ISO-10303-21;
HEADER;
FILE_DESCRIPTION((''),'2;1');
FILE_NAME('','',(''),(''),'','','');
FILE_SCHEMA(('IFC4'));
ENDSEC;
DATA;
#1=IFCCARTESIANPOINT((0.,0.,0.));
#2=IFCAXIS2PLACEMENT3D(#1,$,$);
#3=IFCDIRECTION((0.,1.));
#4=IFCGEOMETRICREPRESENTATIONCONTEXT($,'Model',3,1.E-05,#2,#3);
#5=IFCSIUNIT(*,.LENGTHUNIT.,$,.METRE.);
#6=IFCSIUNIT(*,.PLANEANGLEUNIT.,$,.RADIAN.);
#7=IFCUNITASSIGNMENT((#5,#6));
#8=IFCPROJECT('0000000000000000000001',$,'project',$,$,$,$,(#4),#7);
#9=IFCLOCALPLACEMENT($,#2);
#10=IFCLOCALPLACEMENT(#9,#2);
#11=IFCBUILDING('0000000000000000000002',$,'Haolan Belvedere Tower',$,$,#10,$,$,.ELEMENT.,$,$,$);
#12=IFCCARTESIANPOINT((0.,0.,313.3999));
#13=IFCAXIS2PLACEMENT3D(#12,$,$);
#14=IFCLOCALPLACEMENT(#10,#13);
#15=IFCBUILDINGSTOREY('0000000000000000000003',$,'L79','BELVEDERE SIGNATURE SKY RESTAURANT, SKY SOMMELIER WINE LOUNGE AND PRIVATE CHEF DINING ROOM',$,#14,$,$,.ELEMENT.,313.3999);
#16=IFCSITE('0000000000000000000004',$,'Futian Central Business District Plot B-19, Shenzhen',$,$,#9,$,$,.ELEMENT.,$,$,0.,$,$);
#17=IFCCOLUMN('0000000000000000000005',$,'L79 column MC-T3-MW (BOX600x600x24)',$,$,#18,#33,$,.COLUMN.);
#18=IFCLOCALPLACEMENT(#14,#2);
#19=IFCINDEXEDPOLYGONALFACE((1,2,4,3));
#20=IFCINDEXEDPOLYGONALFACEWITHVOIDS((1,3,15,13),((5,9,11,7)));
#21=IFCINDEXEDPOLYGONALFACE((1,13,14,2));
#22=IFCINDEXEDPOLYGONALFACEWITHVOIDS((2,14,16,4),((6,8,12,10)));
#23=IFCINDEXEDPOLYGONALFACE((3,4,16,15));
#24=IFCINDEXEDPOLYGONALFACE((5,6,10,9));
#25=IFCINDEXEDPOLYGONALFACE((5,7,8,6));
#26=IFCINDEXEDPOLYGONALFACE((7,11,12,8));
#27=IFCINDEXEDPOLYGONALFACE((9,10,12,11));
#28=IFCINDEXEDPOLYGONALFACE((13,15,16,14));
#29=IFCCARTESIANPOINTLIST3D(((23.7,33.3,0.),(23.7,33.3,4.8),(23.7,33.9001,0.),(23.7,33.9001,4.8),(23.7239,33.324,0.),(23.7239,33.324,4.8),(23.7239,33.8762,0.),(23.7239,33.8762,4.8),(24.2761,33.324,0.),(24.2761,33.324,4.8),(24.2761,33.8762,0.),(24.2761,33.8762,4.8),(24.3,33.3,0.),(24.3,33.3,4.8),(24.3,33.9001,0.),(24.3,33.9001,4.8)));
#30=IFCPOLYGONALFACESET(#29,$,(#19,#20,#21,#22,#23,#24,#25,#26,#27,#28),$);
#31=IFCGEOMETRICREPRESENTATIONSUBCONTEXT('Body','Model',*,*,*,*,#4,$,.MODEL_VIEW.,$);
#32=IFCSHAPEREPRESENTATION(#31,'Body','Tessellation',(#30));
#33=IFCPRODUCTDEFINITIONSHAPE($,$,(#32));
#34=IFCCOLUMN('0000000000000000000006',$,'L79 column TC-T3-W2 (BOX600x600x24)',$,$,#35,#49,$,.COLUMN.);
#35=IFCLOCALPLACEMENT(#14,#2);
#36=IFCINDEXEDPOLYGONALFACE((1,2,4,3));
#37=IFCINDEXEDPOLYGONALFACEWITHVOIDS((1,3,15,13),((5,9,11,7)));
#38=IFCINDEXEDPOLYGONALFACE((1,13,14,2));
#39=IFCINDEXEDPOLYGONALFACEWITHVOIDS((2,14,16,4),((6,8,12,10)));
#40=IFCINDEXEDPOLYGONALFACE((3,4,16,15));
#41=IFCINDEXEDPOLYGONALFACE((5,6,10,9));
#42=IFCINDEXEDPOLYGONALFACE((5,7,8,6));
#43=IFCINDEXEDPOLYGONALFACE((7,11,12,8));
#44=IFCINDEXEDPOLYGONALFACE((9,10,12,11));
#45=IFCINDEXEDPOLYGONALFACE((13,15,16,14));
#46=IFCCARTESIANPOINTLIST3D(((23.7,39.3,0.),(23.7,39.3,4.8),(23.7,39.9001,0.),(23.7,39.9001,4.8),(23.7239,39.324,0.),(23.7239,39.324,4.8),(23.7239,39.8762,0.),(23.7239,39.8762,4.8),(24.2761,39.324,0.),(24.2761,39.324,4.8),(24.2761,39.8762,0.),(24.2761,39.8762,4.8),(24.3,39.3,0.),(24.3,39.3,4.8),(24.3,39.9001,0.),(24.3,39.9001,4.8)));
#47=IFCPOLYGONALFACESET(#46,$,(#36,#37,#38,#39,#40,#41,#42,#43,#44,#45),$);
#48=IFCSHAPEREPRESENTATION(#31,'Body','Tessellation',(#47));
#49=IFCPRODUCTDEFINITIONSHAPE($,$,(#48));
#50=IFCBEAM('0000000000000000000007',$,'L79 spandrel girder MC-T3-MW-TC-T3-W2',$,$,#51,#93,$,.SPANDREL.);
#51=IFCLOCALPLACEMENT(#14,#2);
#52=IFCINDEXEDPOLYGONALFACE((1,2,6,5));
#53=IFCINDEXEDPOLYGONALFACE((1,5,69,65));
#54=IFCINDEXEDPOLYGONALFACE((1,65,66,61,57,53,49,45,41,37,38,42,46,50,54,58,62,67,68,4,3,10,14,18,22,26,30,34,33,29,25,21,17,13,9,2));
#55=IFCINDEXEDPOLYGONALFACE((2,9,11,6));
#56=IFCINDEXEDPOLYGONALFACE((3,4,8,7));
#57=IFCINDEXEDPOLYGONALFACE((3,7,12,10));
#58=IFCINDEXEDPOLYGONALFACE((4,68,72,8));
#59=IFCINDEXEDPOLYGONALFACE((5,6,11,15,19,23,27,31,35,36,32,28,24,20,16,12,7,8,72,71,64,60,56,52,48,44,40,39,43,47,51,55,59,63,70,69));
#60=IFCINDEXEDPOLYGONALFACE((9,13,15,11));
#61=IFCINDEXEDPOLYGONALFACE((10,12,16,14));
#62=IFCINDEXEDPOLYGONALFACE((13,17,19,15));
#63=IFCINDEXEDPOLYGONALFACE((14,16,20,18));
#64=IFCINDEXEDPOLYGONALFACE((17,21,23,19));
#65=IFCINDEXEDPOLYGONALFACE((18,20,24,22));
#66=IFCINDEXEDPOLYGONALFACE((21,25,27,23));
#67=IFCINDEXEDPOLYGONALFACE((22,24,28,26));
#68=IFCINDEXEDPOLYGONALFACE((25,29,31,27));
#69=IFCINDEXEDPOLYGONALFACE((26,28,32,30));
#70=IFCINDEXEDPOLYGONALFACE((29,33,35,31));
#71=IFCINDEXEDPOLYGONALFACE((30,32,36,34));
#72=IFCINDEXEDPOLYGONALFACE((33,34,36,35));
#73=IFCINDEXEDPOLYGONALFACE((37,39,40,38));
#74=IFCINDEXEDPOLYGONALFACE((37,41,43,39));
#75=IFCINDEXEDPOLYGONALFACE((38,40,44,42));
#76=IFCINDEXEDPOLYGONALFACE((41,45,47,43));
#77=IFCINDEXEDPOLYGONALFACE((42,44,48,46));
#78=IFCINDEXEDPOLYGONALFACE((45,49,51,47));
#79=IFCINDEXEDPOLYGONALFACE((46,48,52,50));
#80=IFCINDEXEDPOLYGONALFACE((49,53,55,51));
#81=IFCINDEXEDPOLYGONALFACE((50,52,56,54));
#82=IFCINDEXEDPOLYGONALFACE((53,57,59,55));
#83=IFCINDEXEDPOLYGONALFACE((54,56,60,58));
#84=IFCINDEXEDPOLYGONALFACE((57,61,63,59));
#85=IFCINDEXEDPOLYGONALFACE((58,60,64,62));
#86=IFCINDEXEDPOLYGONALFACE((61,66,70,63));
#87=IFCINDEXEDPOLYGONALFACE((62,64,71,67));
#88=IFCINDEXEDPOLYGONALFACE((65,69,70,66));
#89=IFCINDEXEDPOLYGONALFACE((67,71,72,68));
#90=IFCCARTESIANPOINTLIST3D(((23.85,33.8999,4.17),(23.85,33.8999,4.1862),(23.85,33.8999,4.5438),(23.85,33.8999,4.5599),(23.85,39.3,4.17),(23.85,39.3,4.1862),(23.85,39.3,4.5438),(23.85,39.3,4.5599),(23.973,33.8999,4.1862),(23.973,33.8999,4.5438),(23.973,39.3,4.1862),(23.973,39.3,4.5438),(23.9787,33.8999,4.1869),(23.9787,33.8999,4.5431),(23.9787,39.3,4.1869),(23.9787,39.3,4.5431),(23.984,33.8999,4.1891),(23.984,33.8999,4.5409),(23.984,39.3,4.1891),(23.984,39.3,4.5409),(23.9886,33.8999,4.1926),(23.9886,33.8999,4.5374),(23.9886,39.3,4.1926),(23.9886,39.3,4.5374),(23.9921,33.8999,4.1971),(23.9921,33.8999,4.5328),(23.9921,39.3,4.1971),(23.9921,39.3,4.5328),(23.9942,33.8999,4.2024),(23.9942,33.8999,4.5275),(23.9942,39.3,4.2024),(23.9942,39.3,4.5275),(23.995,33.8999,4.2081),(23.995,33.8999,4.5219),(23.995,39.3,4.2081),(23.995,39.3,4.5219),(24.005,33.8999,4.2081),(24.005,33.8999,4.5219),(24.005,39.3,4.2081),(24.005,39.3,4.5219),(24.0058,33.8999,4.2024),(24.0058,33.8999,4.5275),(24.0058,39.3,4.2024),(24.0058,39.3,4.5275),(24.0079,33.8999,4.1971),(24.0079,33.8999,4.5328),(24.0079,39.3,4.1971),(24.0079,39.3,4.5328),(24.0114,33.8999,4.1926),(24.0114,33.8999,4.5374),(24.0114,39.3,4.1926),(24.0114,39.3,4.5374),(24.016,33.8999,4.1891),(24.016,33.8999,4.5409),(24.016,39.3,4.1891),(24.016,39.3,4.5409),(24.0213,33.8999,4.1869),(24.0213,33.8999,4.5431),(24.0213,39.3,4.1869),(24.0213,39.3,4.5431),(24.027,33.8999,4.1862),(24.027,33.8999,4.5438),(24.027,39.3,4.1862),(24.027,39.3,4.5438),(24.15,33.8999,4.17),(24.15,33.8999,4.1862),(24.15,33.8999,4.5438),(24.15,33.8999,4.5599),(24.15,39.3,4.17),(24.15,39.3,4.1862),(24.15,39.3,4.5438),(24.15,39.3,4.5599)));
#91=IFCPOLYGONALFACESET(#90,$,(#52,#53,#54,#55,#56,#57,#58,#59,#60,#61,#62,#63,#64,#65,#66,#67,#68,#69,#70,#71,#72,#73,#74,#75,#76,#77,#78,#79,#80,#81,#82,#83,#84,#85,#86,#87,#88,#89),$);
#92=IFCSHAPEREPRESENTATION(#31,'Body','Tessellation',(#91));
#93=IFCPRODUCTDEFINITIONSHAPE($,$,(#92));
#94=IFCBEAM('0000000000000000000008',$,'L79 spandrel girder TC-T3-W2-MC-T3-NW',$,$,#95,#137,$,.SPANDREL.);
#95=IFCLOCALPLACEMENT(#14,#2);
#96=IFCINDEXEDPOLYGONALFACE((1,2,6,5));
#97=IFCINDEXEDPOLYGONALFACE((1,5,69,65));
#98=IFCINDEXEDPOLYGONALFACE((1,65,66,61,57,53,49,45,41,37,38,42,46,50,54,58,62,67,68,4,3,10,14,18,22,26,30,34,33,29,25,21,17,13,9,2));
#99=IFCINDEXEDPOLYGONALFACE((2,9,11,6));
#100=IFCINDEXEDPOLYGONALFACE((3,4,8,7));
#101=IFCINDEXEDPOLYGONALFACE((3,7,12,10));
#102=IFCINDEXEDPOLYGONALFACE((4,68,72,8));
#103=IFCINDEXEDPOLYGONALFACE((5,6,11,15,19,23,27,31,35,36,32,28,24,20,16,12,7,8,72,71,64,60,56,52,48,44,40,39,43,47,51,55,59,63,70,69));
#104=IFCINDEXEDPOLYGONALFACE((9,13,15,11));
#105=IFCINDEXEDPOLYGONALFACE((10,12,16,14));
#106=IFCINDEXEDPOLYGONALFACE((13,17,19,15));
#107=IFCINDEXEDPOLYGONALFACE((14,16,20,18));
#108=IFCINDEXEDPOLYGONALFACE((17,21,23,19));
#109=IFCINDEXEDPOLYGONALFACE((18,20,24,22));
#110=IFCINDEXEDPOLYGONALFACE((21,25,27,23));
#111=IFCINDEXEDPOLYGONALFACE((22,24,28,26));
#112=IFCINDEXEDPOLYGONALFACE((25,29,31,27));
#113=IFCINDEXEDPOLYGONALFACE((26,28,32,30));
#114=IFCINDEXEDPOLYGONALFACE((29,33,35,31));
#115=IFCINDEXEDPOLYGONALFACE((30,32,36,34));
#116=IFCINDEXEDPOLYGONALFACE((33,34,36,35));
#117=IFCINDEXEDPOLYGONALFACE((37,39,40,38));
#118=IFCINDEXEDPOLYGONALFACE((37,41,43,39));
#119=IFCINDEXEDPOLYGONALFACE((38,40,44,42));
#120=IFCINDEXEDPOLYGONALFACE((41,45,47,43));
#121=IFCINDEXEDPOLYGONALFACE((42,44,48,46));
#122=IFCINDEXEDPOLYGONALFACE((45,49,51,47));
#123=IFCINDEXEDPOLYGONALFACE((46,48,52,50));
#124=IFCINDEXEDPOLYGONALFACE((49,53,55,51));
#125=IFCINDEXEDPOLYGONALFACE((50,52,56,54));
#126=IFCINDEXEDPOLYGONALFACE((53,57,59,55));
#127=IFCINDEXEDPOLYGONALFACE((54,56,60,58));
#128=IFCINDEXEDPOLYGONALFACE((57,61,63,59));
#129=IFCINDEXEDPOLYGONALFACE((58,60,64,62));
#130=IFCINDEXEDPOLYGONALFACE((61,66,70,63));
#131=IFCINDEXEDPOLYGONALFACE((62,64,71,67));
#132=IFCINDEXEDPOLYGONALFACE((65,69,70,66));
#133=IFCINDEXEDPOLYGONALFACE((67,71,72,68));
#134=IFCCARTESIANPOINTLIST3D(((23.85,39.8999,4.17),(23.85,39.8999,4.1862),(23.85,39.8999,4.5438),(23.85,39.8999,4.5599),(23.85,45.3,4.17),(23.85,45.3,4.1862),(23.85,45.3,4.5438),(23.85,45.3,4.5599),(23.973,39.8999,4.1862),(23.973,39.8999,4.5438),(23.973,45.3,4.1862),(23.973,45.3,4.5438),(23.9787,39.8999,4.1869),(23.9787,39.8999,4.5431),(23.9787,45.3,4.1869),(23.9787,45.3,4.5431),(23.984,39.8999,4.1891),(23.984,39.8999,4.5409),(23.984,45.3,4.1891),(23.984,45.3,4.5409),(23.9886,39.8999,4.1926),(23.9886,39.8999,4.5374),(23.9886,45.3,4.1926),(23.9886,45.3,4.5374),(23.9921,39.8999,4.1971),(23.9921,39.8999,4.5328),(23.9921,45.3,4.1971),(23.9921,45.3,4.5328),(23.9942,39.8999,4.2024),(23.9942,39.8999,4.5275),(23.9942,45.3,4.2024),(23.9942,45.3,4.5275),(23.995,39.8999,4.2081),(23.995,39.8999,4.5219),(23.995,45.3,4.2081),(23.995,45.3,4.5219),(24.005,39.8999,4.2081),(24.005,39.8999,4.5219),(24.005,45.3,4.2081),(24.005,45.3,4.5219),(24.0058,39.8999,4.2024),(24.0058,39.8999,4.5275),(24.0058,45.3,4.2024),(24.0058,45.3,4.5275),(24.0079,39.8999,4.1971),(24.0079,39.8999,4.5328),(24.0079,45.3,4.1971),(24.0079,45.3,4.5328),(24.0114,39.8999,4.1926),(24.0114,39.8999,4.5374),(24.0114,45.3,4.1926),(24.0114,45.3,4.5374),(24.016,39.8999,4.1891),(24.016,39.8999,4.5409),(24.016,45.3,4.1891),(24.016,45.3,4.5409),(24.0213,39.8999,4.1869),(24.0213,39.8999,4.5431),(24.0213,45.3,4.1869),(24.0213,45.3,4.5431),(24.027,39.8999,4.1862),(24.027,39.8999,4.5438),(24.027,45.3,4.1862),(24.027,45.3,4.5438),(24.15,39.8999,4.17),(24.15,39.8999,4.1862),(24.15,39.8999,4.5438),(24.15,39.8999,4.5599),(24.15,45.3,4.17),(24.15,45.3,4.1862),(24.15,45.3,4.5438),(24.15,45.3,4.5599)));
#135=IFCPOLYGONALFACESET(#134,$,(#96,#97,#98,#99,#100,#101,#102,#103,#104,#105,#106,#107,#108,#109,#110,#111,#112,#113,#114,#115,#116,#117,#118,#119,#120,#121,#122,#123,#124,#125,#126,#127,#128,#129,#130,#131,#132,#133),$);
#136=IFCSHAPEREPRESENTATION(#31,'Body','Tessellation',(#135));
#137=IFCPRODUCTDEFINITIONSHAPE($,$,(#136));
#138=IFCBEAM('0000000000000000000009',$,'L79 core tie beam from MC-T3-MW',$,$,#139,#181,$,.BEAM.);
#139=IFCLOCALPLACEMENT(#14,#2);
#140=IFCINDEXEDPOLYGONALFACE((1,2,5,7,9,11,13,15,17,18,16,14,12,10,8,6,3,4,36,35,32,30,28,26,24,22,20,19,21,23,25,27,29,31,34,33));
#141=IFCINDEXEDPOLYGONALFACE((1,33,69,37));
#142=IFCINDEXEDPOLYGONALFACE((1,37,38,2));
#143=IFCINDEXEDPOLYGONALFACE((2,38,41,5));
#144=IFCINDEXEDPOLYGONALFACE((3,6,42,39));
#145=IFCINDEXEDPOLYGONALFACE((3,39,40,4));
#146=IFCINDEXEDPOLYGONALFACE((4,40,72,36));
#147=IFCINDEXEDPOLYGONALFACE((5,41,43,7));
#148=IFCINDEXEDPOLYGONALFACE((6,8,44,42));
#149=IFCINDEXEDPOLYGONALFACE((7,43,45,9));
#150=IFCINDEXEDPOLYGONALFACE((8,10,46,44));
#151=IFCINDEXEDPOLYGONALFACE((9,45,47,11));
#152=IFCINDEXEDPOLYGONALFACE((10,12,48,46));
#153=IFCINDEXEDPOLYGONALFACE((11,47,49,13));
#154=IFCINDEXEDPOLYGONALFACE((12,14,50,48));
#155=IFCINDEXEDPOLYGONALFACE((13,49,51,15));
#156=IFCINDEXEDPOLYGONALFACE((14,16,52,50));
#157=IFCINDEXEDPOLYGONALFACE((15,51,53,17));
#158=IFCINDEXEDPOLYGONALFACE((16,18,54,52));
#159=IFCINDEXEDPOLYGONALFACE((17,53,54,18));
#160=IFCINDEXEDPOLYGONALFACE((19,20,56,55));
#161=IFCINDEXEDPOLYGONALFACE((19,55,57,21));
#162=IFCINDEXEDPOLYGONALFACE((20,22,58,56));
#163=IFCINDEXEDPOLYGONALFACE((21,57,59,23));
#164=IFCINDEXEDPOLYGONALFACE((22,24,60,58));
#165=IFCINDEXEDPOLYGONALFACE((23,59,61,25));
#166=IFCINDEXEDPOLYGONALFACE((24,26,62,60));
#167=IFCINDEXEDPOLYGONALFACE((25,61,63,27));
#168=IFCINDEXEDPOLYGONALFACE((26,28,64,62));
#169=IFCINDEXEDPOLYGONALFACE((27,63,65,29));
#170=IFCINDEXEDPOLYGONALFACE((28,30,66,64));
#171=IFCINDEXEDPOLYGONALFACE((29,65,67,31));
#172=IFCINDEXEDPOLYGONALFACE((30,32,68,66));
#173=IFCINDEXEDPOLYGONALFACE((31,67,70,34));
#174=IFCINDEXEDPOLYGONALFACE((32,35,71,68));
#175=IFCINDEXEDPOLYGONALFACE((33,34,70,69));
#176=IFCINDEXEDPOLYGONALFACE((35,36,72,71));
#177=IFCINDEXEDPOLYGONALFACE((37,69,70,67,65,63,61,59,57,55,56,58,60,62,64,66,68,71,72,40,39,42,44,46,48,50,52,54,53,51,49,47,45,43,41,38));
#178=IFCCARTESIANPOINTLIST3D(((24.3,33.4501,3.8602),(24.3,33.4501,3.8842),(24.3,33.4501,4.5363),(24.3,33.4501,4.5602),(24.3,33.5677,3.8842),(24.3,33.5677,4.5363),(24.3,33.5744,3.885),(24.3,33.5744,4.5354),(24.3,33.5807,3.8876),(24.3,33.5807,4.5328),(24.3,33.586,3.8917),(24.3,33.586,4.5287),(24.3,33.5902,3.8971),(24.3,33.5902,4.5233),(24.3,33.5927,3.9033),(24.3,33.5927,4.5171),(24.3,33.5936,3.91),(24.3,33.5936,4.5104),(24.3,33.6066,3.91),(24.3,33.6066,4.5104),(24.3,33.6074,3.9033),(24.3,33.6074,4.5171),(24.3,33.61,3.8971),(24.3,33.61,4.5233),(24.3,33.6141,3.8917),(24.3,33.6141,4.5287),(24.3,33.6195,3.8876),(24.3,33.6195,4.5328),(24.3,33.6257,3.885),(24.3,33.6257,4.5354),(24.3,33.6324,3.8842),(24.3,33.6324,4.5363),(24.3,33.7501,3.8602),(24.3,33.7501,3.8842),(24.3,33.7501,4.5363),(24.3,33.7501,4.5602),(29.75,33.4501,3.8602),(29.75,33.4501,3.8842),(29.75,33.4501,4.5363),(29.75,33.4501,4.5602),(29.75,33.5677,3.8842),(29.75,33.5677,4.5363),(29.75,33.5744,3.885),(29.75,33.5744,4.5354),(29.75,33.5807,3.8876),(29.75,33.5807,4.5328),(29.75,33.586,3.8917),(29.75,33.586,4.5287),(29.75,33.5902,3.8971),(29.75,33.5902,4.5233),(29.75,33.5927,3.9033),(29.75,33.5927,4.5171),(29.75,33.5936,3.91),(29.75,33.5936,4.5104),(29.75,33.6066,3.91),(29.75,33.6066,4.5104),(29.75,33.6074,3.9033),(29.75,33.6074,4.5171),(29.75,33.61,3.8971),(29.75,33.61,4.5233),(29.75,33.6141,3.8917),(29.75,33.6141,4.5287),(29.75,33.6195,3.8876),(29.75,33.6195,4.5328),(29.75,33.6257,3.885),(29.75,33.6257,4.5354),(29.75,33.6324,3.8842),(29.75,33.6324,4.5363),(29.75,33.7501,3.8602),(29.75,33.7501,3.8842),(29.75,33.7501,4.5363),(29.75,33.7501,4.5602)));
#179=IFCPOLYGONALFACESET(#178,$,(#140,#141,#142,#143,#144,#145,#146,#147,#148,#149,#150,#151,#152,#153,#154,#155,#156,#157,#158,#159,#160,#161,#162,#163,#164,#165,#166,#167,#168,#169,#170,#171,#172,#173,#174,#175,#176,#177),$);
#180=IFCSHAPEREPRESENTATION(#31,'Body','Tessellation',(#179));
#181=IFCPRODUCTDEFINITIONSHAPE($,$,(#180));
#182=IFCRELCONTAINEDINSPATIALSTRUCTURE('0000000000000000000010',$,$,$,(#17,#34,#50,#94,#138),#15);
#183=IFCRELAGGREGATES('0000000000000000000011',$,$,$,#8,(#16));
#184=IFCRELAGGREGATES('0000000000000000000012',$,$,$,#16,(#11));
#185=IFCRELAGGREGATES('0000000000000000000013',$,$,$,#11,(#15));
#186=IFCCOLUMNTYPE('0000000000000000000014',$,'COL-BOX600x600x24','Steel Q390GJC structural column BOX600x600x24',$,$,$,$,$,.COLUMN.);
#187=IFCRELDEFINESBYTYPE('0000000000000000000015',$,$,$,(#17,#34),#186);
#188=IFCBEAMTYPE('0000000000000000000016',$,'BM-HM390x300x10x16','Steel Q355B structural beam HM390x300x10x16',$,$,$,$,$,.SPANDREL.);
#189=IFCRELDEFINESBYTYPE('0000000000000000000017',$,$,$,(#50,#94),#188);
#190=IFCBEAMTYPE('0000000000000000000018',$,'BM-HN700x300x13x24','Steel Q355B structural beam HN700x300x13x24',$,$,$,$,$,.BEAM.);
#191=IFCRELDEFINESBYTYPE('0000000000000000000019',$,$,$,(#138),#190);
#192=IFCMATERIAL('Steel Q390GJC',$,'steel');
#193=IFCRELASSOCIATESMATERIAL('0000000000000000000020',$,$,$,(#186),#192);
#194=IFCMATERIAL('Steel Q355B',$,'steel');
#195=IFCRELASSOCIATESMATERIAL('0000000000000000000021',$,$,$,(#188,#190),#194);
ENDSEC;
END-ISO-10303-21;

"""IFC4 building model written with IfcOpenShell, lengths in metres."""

from ifc_helpers import new_model, si_unit, direction, frame, origin, origin_2d, place, context, subcontext, project, spatial, hollow_rectangle, i_section, extrude, material, material_profile, profile_set, type_object, element, save


model = new_model("IFC4")

# Units and contexts
model_context = context("Model", 3, precision=1e-05, world=origin(), true_north=direction((0.0, 1.0)))
body_context = subcontext(model_context, "Body", "Model", "MODEL_VIEW")
ifc_project = project(units=[si_unit("LENGTHUNIT", "METRE"), si_unit("PLANEANGLEUNIT", "RADIAN")], contexts=[model_context])

# Site, building, storey
site_placement = place(None, origin())
site = spatial("IfcSite", under=ifc_project, at=site_placement, Name="Futian Central Business District Plot B-19, Shenzhen", CompositionType="ELEMENT", RefElevation=0.0)
building_placement = place(site_placement, origin())
building = spatial("IfcBuilding", under=site, at=building_placement, Name="Haolan Belvedere Tower", CompositionType="ELEMENT")
storey_placement = place(building_placement, frame((0.0, 0.0, 313.3999)))
storey = spatial("IfcBuildingStorey", under=building, at=storey_placement, Name="L79", Description="BELVEDERE SIGNATURE SKY RESTAURANT, SKY SOMMELIER WINE LOUNGE AND PRIVATE CHEF DINING ROOM", CompositionType="ELEMENT", Elevation=313.3999)

# Columns
ifc_material_1 = material(Name="Steel Q390GJC", Category="steel")
ifc_material_profile_1 = material_profile(ifc_material_1, hollow_rectangle(XDim=0.6001, YDim=0.6001, WallThickness=0.0239, at=origin_2d()), Name="Steel Q390GJC")
ifc_profile_set_1 = profile_set([ifc_material_profile_1], Name="Steel Q390GJC")
column_type = type_object("IfcColumnType", Name="COL-BOX600x600x24", Description="Steel Q390GJC structural column BOX600x600x24", PredefinedType="COLUMN", material=ifc_profile_set_1)
for number, where, z_axis, x_axis, name in (
    (1, (24.0, 33.6001, 0.0), (0.0, 0.0, 1.0), (1.0, 0.0, 0.0), "L79 column MC-T3-MW (BOX600x600x24)"),
    (2, (24.0, 39.6001, 0.0), (0.0, 0.0, 1.0), (1.0, 0.0, 0.0), "L79 column TC-T3-W2 (BOX600x600x24)"),
):
    element("IfcColumn", number, at=place(storey_placement, frame(where, z_axis=z_axis, x_axis=x_axis)), inside=storey, type_object=column_type, Name=name, PredefinedType="COLUMN", context=body_context, shape_type="SweptSolid", body=[
        extrude(hollow_rectangle(XDim=0.6001, YDim=0.6001, WallThickness=0.0239, at=origin_2d()), origin(), (0.0, 0.0, 1.0), 4.8),
    ])

# Beams
ifc_material_2 = material(Name="Steel Q355B", Category="steel")
ifc_material_profile_2 = material_profile(ifc_material_2, i_section(OverallWidth=0.3, OverallDepth=0.3899, WebThickness=0.01, FlangeThickness=0.0161, FilletRadius=0.022, at=origin_2d()), Name="Steel Q355B")
ifc_profile_set_2 = profile_set([ifc_material_profile_2], Name="Steel Q355B")
beam_type_1 = type_object("IfcBeamType", Name="BM-HM390x300x10x16", Description="Steel Q355B structural beam HM390x300x10x16", PredefinedType="SPANDREL", material=ifc_profile_set_2)
for number, where, z_axis, x_axis, name in (
    (3, (24.0, 33.8999, 4.365), (0.0, 1.0, 0.0), (-1.0, 0.0, 0.0), "L79 spandrel girder MC-T3-MW-TC-T3-W2"),
    (4, (24.0, 39.8999, 4.365), (0.0, 1.0, 0.0), (-1.0, 0.0, 0.0), "L79 spandrel girder TC-T3-W2-MC-T3-NW"),
):
    element("IfcBeam", number, at=place(storey_placement, frame(where, z_axis=z_axis, x_axis=x_axis)), inside=storey, type_object=beam_type_1, Name=name, PredefinedType="SPANDREL", context=body_context, shape_type="SweptSolid", body=[
        extrude(i_section(OverallWidth=0.3, OverallDepth=0.3899, WebThickness=0.01, FlangeThickness=0.0161, FilletRadius=0.022, at=origin_2d()), origin(), (0.0, 0.0, 1.0), 5.4001),
    ])
ifc_material_profile_3 = material_profile(ifc_material_2, i_section(OverallWidth=0.3, OverallDepth=0.7, WebThickness=0.0129, FlangeThickness=0.0239, FilletRadius=0.0259, at=origin_2d()), Name="Steel Q355B")
ifc_profile_set_3 = profile_set([ifc_material_profile_3], Name="Steel Q355B")
beam_type_2 = type_object("IfcBeamType", Name="BM-HN700x300x13x24", Description="Steel Q355B structural beam HN700x300x13x24", PredefinedType="BEAM", material=ifc_profile_set_3)
for number, where, z_axis, x_axis, name in (
    (5, (24.3, 33.6001, 4.2102), (1.0, 0.0, 0.0), (0.0, 1.0, 0.0), "L79 core tie beam from MC-T3-MW"),
):
    element("IfcBeam", number, at=place(storey_placement, frame(where, z_axis=z_axis, x_axis=x_axis)), inside=storey, type_object=beam_type_2, Name=name, PredefinedType="BEAM", context=body_context, shape_type="SweptSolid", body=[
        extrude(i_section(OverallWidth=0.3, OverallDepth=0.7, WebThickness=0.0129, FlangeThickness=0.0239, FilletRadius=0.0259, at=origin_2d()), origin(), (0.0, 0.0, 1.0), 5.45),
    ])

save(model, "model.ifc")
